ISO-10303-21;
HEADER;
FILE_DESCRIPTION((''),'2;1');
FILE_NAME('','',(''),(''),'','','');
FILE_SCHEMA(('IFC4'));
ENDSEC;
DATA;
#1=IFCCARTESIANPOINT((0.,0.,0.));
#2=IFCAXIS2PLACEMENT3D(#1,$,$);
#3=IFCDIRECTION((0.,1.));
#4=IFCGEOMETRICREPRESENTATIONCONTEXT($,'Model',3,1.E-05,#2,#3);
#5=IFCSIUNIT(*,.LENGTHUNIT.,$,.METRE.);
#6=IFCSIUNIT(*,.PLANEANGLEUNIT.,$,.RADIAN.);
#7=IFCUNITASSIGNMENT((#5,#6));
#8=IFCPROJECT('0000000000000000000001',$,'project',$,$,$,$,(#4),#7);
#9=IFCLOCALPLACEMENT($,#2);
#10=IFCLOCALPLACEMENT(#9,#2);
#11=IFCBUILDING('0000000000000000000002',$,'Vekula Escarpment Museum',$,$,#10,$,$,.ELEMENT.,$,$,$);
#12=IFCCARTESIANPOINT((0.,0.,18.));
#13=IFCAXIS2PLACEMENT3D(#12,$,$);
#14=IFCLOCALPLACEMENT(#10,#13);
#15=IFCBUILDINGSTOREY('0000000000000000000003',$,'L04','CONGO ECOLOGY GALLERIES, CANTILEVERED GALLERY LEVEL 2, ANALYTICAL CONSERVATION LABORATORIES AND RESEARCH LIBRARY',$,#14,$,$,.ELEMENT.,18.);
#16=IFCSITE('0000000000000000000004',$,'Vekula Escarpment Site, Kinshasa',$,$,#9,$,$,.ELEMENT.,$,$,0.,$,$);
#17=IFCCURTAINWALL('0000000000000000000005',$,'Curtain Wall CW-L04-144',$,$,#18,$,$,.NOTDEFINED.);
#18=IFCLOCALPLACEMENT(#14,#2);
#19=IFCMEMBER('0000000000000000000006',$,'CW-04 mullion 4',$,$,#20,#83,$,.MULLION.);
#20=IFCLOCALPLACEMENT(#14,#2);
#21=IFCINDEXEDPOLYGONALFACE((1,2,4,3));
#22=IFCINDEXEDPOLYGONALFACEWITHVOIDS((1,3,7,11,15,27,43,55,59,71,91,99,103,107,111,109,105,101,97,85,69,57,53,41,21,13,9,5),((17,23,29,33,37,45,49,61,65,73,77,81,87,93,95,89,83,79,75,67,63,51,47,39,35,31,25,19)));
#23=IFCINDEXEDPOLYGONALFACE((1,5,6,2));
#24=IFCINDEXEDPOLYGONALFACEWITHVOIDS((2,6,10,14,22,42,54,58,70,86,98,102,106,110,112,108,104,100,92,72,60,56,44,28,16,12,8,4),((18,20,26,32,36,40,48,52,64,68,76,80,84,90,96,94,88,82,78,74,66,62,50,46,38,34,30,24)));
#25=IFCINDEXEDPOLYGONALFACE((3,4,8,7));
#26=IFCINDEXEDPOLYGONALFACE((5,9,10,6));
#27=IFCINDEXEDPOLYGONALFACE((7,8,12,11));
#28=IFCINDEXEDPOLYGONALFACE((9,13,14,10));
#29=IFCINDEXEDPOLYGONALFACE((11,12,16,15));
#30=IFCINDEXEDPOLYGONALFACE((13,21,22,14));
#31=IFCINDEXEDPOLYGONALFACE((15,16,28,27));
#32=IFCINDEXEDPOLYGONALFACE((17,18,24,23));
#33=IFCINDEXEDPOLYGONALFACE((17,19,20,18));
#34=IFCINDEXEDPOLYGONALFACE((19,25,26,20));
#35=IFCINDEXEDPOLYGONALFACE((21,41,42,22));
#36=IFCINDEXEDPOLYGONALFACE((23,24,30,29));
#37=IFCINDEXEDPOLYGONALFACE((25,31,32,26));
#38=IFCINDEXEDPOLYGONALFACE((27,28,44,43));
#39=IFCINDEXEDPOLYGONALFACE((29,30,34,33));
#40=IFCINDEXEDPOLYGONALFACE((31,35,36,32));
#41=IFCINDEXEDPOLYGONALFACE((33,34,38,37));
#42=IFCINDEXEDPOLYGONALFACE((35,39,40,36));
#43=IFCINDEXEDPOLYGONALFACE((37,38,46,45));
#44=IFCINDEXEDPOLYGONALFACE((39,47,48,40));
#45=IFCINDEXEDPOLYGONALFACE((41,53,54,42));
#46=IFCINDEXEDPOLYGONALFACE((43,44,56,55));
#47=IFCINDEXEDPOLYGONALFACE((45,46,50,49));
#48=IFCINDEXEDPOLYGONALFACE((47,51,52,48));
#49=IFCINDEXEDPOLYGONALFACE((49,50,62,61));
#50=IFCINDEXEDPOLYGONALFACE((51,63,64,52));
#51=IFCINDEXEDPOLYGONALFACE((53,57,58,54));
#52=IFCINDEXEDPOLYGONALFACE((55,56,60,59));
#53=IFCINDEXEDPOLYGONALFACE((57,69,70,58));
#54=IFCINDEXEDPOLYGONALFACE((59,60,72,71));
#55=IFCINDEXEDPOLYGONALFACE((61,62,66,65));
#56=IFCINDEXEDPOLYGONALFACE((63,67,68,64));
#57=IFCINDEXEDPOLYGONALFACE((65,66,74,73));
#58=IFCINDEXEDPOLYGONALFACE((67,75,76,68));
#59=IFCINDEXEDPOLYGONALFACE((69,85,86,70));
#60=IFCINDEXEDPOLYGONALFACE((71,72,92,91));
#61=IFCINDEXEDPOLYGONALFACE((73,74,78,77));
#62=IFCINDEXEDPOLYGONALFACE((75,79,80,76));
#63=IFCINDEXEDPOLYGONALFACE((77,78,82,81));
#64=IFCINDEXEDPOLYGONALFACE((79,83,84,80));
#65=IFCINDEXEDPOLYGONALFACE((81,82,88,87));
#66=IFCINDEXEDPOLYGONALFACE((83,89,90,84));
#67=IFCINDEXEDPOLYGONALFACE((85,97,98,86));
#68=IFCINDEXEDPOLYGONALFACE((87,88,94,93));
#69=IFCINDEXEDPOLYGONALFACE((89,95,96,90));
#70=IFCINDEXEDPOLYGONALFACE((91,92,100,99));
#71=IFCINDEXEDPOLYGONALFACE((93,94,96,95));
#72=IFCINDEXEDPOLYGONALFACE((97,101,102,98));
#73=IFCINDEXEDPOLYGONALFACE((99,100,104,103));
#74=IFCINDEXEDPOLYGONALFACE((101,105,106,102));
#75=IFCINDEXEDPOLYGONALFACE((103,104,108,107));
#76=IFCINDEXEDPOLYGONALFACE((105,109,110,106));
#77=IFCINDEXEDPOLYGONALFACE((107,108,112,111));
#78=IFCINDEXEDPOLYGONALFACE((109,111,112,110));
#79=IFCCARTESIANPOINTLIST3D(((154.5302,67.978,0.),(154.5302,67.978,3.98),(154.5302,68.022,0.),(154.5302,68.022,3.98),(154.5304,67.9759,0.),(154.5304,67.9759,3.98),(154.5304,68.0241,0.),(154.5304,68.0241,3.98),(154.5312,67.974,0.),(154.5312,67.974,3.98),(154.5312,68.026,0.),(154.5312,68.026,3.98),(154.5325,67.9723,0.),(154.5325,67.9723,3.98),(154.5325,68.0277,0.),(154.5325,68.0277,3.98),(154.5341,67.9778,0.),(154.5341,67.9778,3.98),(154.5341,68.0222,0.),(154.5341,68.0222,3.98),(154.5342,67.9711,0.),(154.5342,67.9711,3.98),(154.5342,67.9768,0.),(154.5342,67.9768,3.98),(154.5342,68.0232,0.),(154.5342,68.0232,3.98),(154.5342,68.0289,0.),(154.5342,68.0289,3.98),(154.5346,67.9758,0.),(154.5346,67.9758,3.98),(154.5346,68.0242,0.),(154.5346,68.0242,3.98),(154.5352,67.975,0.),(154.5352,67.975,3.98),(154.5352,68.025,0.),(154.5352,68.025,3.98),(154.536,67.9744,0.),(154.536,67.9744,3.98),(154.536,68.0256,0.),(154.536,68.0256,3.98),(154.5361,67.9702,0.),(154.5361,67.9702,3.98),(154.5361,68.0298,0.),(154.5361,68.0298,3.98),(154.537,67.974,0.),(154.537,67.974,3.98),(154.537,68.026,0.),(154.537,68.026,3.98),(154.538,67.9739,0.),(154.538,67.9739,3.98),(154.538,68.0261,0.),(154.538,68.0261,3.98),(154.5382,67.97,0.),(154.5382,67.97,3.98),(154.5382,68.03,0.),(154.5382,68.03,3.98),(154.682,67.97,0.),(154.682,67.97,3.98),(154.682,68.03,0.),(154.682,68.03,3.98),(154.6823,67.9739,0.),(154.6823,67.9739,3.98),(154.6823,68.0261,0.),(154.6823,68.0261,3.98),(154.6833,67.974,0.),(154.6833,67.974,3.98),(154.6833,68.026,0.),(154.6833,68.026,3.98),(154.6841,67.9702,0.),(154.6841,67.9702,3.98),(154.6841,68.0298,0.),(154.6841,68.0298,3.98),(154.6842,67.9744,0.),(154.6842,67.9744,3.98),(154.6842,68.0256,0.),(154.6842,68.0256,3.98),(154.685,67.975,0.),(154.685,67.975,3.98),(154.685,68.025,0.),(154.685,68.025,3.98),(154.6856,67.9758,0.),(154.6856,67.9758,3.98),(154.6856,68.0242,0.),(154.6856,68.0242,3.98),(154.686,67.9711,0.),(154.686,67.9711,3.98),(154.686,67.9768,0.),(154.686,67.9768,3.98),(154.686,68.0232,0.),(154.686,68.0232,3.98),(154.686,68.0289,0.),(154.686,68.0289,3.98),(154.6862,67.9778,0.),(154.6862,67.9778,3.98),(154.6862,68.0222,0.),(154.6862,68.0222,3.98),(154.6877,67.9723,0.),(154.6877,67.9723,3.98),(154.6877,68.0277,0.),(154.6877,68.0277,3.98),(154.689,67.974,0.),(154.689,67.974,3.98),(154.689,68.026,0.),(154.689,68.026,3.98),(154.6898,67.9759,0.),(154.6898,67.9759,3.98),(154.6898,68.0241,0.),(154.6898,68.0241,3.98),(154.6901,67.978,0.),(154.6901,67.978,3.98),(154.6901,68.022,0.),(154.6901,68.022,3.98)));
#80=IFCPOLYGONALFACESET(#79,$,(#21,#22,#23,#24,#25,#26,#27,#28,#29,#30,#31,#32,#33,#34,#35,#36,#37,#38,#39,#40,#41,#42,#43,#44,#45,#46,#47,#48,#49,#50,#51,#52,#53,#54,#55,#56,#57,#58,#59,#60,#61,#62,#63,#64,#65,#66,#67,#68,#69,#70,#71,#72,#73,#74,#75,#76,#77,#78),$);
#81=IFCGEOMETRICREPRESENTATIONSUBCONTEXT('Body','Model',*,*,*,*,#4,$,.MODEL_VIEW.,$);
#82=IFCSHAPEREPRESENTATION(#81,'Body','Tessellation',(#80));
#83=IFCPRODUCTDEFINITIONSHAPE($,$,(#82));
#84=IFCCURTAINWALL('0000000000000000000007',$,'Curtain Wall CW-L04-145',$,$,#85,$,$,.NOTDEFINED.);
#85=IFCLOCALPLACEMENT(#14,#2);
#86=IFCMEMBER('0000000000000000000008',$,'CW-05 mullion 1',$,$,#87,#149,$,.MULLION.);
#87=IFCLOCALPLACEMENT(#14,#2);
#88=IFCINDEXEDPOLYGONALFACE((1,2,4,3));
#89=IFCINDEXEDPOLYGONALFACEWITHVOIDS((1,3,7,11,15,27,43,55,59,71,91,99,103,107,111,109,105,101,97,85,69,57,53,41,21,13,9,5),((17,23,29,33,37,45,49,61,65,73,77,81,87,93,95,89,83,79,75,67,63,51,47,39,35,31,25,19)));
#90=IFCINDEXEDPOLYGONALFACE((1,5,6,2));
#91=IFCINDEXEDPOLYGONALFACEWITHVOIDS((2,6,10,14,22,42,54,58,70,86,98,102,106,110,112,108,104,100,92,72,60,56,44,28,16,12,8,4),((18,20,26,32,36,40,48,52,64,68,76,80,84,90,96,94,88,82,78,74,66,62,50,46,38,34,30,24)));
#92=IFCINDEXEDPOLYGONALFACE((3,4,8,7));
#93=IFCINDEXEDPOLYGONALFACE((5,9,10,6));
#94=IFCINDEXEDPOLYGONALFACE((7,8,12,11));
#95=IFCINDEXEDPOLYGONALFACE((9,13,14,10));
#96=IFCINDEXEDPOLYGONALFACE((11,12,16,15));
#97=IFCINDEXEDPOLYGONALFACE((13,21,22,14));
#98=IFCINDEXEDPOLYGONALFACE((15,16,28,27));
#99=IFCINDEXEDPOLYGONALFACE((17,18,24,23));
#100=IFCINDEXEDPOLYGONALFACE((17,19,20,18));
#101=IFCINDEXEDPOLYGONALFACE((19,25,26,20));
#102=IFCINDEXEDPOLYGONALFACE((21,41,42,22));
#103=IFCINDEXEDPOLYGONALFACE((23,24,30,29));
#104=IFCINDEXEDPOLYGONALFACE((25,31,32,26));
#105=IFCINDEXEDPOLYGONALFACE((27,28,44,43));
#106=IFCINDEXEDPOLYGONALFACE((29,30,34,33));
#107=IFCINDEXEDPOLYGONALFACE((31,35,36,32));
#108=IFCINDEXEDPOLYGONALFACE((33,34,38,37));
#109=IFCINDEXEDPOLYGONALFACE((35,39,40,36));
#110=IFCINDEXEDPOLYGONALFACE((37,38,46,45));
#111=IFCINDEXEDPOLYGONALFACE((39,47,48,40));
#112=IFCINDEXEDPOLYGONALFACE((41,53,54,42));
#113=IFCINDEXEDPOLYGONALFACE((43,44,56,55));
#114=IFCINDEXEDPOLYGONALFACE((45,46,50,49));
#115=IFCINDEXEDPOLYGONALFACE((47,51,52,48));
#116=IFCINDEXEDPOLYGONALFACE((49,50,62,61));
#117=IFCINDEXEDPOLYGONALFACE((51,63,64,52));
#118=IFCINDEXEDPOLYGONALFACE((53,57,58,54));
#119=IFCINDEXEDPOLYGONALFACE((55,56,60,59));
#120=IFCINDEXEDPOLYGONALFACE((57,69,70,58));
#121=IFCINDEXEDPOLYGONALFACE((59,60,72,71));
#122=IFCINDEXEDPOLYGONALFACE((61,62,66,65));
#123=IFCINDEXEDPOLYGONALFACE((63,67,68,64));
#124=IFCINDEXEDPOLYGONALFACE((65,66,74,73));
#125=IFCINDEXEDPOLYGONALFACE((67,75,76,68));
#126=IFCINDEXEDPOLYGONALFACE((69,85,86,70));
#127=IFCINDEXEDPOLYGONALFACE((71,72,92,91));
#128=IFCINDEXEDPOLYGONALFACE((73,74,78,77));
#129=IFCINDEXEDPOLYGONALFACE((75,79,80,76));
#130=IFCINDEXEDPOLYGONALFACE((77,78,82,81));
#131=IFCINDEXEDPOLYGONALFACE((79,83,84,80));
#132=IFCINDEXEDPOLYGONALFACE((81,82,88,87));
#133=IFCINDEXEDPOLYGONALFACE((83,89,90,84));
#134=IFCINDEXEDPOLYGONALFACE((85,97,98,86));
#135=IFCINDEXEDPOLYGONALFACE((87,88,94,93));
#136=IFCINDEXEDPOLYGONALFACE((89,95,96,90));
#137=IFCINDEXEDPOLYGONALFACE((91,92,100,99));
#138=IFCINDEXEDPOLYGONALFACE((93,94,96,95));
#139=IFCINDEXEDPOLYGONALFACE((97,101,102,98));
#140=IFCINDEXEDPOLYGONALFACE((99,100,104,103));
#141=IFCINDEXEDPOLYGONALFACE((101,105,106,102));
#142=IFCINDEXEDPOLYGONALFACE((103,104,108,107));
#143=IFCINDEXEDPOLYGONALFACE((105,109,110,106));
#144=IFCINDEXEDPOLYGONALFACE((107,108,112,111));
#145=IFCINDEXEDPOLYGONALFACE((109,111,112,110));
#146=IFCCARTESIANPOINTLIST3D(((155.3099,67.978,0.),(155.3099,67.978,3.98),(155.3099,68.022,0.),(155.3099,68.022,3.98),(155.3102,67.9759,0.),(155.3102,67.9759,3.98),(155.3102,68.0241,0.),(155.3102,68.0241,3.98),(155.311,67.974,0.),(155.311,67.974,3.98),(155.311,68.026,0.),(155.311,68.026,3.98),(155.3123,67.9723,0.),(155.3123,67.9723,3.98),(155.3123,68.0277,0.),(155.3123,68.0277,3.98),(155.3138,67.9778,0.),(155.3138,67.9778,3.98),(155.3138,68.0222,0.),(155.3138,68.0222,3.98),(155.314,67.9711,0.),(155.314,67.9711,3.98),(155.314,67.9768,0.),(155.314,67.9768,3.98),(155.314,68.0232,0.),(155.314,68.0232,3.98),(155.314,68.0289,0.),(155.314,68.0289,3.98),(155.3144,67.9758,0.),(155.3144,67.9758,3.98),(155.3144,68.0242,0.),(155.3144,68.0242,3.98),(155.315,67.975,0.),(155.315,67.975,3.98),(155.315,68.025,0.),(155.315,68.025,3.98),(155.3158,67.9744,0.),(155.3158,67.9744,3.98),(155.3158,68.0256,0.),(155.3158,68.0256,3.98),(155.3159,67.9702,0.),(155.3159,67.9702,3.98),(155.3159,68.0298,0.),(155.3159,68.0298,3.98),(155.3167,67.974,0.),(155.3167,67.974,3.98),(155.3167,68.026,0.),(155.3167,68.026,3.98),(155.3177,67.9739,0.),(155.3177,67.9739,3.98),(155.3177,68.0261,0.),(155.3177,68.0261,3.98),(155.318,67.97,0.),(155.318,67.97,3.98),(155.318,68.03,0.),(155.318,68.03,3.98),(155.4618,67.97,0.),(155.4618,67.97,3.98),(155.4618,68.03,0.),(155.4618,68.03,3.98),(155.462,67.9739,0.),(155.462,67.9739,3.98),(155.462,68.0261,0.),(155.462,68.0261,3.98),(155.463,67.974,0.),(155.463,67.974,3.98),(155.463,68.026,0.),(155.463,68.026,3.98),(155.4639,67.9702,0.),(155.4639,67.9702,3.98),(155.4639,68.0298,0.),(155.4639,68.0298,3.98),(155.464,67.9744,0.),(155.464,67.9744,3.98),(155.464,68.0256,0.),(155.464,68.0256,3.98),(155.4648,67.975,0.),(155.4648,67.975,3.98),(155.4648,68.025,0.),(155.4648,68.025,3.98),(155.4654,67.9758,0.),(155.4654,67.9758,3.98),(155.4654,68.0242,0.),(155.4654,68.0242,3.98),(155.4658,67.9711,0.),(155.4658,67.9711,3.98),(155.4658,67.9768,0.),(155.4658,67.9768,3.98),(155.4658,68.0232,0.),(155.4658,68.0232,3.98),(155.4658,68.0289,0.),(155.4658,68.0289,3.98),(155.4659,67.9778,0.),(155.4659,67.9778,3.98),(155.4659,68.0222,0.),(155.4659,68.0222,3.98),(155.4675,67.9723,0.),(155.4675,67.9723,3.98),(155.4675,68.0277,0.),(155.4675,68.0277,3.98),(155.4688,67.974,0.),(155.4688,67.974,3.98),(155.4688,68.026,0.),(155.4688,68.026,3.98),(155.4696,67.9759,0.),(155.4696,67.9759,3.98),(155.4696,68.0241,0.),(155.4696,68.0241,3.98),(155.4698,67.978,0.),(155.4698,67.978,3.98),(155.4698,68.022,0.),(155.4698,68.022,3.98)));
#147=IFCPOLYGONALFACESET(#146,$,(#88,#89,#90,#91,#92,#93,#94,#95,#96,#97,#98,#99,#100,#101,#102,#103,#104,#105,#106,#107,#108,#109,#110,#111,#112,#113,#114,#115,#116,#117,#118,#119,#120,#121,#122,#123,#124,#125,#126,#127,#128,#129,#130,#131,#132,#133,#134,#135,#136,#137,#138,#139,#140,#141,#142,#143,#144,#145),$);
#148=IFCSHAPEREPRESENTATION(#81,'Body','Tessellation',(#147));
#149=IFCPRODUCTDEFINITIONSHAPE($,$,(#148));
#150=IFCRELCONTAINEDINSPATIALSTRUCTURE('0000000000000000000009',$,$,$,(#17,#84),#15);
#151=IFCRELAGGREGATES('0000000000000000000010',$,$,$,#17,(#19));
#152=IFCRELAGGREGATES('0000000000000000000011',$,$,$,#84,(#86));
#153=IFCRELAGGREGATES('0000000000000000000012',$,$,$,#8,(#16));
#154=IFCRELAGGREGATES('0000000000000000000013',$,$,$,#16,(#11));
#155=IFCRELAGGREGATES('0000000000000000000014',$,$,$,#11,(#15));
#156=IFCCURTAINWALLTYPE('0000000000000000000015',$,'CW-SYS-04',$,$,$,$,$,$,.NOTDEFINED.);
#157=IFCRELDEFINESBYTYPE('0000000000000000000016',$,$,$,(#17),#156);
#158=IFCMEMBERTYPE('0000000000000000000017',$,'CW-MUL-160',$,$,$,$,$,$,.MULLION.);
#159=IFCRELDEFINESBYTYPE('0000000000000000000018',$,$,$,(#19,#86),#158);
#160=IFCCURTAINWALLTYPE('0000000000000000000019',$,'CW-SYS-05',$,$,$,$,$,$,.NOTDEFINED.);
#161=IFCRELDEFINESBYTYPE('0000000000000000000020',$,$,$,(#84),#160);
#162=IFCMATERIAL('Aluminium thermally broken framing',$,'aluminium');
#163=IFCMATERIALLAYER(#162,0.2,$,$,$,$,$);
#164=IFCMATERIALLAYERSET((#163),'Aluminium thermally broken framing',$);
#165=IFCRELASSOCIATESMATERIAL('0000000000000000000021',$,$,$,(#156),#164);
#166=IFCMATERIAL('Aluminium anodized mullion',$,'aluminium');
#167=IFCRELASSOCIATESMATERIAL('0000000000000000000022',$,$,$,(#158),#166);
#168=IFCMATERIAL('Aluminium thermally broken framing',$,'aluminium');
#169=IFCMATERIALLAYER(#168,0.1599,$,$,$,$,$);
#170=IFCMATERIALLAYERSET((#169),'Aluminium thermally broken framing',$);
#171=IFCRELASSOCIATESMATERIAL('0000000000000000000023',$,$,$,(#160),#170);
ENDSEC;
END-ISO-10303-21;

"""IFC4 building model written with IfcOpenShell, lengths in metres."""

from ifc_helpers import new_model, si_unit, direction, frame, origin, origin_2d, place, context, subcontext, project, spatial, hollow_rectangle, extrude, material, layer, layer_set, material_profile, profile_set, type_object, element, aggregate, save


model = new_model("IFC4")

# Units and contexts
model_context = context("Model", 3, precision=1e-05, world=origin(), true_north=direction((0.0, 1.0)))
body_context = subcontext(model_context, "Body", "Model", "MODEL_VIEW")
ifc_project = project(units=[si_unit("LENGTHUNIT", "METRE"), si_unit("PLANEANGLEUNIT", "RADIAN")], contexts=[model_context])

# Site, building, storey
site_placement = place(None, origin())
site = spatial("IfcSite", under=ifc_project, at=site_placement, Name="Vekula Escarpment Site, Kinshasa", CompositionType="ELEMENT", RefElevation=0.0)
building_placement = place(site_placement, origin())
building = spatial("IfcBuilding", under=site, at=building_placement, Name="Vekula Escarpment Museum", CompositionType="ELEMENT")
storey_placement = place(building_placement, frame((0.0, 0.0, 18.0)))
storey = spatial("IfcBuildingStorey", under=building, at=storey_placement, Name="L04", Description="CONGO ECOLOGY GALLERIES, CANTILEVERED GALLERY LEVEL 2, ANALYTICAL CONSERVATION LABORATORIES AND RESEARCH LIBRARY", CompositionType="ELEMENT", Elevation=18.0)

# Curtain walls, members
ifc_material_1 = material(Name="Aluminium thermally broken framing", Category="aluminium")
ifc_layer_1 = layer(ifc_material_1, 0.2)
ifc_layer_set_1 = layer_set([ifc_layer_1], Name="Aluminium thermally broken framing")
curtain_wall_type_1 = type_object("IfcCurtainWallType", Name="CW-SYS-04", PredefinedType="NOTDEFINED", material=ifc_layer_set_1)
curtain_wall_1_placement = place(storey_placement, origin())
curtain_wall_1 = element("IfcCurtainWall", 1, at=curtain_wall_1_placement, inside=storey, type_object=curtain_wall_type_1, Name="Curtain Wall CW-L04-144", PredefinedType="NOTDEFINED")
ifc_material_2 = material(Name="Aluminium anodized mullion", Category="aluminium")
ifc_material_profile_1 = material_profile(ifc_material_2, hollow_rectangle(XDim=0.0601, YDim=0.1599, WallThickness=0.0039, InnerFilletRadius=0.0039, OuterFilletRadius=0.0081, at=origin_2d()), Name="ALU 160x60x4")
ifc_profile_set_1 = profile_set([ifc_material_profile_1], Name="Aluminium anodized mullion")
member_type_1 = type_object("IfcMemberType", Name="CW-MUL-160", PredefinedType="MULLION", material=ifc_profile_set_1)
member_1_placement = place(storey_placement, frame((154.6101, 68.0, 0.0), z_axis=(0.0, 0.0, 1.0), x_axis=(0.0, 1.0, 0.0)))
member_1 = element("IfcMember", 2, at=member_1_placement, type_object=member_type_1, Name="CW-04 mullion 4", PredefinedType="MULLION", context=body_context, shape_type="SweptSolid", body=[
    extrude(hollow_rectangle(XDim=0.0601, YDim=0.1599, WallThickness=0.0039, InnerFilletRadius=0.0039, OuterFilletRadius=0.0081, at=origin_2d()), origin(), (0.0, 0.0, 1.0), 3.98),
])
ifc_material_3 = material(Name="Aluminium thermally broken framing", Category="aluminium")
ifc_layer_2 = layer(ifc_material_3, 0.1599)
ifc_layer_set_2 = layer_set([ifc_layer_2], Name="Aluminium thermally broken framing")
curtain_wall_type_2 = type_object("IfcCurtainWallType", Name="CW-SYS-05", PredefinedType="NOTDEFINED", material=ifc_layer_set_2)
curtain_wall_2_placement = place(storey_placement, origin())
curtain_wall_2 = element("IfcCurtainWall", 3, at=curtain_wall_2_placement, inside=storey, type_object=curtain_wall_type_2, Name="Curtain Wall CW-L04-145", PredefinedType="NOTDEFINED")
member_2_placement = place(storey_placement, frame((155.3899, 68.0, 0.0), z_axis=(0.0, 0.0, 1.0), x_axis=(0.0, 1.0, 0.0)))
member_2 = element("IfcMember", 4, at=member_2_placement, type_object=member_type_1, Name="CW-05 mullion 1", PredefinedType="MULLION", context=body_context, shape_type="SweptSolid", body=[
    extrude(hollow_rectangle(XDim=0.0601, YDim=0.1599, WallThickness=0.0039, InnerFilletRadius=0.0039, OuterFilletRadius=0.0081, at=origin_2d()), origin(), (0.0, 0.0, 1.0), 3.98),
])

aggregate(curtain_wall_1, [member_1])
aggregate(curtain_wall_2, [member_2])

save(model, "model.ifc")
